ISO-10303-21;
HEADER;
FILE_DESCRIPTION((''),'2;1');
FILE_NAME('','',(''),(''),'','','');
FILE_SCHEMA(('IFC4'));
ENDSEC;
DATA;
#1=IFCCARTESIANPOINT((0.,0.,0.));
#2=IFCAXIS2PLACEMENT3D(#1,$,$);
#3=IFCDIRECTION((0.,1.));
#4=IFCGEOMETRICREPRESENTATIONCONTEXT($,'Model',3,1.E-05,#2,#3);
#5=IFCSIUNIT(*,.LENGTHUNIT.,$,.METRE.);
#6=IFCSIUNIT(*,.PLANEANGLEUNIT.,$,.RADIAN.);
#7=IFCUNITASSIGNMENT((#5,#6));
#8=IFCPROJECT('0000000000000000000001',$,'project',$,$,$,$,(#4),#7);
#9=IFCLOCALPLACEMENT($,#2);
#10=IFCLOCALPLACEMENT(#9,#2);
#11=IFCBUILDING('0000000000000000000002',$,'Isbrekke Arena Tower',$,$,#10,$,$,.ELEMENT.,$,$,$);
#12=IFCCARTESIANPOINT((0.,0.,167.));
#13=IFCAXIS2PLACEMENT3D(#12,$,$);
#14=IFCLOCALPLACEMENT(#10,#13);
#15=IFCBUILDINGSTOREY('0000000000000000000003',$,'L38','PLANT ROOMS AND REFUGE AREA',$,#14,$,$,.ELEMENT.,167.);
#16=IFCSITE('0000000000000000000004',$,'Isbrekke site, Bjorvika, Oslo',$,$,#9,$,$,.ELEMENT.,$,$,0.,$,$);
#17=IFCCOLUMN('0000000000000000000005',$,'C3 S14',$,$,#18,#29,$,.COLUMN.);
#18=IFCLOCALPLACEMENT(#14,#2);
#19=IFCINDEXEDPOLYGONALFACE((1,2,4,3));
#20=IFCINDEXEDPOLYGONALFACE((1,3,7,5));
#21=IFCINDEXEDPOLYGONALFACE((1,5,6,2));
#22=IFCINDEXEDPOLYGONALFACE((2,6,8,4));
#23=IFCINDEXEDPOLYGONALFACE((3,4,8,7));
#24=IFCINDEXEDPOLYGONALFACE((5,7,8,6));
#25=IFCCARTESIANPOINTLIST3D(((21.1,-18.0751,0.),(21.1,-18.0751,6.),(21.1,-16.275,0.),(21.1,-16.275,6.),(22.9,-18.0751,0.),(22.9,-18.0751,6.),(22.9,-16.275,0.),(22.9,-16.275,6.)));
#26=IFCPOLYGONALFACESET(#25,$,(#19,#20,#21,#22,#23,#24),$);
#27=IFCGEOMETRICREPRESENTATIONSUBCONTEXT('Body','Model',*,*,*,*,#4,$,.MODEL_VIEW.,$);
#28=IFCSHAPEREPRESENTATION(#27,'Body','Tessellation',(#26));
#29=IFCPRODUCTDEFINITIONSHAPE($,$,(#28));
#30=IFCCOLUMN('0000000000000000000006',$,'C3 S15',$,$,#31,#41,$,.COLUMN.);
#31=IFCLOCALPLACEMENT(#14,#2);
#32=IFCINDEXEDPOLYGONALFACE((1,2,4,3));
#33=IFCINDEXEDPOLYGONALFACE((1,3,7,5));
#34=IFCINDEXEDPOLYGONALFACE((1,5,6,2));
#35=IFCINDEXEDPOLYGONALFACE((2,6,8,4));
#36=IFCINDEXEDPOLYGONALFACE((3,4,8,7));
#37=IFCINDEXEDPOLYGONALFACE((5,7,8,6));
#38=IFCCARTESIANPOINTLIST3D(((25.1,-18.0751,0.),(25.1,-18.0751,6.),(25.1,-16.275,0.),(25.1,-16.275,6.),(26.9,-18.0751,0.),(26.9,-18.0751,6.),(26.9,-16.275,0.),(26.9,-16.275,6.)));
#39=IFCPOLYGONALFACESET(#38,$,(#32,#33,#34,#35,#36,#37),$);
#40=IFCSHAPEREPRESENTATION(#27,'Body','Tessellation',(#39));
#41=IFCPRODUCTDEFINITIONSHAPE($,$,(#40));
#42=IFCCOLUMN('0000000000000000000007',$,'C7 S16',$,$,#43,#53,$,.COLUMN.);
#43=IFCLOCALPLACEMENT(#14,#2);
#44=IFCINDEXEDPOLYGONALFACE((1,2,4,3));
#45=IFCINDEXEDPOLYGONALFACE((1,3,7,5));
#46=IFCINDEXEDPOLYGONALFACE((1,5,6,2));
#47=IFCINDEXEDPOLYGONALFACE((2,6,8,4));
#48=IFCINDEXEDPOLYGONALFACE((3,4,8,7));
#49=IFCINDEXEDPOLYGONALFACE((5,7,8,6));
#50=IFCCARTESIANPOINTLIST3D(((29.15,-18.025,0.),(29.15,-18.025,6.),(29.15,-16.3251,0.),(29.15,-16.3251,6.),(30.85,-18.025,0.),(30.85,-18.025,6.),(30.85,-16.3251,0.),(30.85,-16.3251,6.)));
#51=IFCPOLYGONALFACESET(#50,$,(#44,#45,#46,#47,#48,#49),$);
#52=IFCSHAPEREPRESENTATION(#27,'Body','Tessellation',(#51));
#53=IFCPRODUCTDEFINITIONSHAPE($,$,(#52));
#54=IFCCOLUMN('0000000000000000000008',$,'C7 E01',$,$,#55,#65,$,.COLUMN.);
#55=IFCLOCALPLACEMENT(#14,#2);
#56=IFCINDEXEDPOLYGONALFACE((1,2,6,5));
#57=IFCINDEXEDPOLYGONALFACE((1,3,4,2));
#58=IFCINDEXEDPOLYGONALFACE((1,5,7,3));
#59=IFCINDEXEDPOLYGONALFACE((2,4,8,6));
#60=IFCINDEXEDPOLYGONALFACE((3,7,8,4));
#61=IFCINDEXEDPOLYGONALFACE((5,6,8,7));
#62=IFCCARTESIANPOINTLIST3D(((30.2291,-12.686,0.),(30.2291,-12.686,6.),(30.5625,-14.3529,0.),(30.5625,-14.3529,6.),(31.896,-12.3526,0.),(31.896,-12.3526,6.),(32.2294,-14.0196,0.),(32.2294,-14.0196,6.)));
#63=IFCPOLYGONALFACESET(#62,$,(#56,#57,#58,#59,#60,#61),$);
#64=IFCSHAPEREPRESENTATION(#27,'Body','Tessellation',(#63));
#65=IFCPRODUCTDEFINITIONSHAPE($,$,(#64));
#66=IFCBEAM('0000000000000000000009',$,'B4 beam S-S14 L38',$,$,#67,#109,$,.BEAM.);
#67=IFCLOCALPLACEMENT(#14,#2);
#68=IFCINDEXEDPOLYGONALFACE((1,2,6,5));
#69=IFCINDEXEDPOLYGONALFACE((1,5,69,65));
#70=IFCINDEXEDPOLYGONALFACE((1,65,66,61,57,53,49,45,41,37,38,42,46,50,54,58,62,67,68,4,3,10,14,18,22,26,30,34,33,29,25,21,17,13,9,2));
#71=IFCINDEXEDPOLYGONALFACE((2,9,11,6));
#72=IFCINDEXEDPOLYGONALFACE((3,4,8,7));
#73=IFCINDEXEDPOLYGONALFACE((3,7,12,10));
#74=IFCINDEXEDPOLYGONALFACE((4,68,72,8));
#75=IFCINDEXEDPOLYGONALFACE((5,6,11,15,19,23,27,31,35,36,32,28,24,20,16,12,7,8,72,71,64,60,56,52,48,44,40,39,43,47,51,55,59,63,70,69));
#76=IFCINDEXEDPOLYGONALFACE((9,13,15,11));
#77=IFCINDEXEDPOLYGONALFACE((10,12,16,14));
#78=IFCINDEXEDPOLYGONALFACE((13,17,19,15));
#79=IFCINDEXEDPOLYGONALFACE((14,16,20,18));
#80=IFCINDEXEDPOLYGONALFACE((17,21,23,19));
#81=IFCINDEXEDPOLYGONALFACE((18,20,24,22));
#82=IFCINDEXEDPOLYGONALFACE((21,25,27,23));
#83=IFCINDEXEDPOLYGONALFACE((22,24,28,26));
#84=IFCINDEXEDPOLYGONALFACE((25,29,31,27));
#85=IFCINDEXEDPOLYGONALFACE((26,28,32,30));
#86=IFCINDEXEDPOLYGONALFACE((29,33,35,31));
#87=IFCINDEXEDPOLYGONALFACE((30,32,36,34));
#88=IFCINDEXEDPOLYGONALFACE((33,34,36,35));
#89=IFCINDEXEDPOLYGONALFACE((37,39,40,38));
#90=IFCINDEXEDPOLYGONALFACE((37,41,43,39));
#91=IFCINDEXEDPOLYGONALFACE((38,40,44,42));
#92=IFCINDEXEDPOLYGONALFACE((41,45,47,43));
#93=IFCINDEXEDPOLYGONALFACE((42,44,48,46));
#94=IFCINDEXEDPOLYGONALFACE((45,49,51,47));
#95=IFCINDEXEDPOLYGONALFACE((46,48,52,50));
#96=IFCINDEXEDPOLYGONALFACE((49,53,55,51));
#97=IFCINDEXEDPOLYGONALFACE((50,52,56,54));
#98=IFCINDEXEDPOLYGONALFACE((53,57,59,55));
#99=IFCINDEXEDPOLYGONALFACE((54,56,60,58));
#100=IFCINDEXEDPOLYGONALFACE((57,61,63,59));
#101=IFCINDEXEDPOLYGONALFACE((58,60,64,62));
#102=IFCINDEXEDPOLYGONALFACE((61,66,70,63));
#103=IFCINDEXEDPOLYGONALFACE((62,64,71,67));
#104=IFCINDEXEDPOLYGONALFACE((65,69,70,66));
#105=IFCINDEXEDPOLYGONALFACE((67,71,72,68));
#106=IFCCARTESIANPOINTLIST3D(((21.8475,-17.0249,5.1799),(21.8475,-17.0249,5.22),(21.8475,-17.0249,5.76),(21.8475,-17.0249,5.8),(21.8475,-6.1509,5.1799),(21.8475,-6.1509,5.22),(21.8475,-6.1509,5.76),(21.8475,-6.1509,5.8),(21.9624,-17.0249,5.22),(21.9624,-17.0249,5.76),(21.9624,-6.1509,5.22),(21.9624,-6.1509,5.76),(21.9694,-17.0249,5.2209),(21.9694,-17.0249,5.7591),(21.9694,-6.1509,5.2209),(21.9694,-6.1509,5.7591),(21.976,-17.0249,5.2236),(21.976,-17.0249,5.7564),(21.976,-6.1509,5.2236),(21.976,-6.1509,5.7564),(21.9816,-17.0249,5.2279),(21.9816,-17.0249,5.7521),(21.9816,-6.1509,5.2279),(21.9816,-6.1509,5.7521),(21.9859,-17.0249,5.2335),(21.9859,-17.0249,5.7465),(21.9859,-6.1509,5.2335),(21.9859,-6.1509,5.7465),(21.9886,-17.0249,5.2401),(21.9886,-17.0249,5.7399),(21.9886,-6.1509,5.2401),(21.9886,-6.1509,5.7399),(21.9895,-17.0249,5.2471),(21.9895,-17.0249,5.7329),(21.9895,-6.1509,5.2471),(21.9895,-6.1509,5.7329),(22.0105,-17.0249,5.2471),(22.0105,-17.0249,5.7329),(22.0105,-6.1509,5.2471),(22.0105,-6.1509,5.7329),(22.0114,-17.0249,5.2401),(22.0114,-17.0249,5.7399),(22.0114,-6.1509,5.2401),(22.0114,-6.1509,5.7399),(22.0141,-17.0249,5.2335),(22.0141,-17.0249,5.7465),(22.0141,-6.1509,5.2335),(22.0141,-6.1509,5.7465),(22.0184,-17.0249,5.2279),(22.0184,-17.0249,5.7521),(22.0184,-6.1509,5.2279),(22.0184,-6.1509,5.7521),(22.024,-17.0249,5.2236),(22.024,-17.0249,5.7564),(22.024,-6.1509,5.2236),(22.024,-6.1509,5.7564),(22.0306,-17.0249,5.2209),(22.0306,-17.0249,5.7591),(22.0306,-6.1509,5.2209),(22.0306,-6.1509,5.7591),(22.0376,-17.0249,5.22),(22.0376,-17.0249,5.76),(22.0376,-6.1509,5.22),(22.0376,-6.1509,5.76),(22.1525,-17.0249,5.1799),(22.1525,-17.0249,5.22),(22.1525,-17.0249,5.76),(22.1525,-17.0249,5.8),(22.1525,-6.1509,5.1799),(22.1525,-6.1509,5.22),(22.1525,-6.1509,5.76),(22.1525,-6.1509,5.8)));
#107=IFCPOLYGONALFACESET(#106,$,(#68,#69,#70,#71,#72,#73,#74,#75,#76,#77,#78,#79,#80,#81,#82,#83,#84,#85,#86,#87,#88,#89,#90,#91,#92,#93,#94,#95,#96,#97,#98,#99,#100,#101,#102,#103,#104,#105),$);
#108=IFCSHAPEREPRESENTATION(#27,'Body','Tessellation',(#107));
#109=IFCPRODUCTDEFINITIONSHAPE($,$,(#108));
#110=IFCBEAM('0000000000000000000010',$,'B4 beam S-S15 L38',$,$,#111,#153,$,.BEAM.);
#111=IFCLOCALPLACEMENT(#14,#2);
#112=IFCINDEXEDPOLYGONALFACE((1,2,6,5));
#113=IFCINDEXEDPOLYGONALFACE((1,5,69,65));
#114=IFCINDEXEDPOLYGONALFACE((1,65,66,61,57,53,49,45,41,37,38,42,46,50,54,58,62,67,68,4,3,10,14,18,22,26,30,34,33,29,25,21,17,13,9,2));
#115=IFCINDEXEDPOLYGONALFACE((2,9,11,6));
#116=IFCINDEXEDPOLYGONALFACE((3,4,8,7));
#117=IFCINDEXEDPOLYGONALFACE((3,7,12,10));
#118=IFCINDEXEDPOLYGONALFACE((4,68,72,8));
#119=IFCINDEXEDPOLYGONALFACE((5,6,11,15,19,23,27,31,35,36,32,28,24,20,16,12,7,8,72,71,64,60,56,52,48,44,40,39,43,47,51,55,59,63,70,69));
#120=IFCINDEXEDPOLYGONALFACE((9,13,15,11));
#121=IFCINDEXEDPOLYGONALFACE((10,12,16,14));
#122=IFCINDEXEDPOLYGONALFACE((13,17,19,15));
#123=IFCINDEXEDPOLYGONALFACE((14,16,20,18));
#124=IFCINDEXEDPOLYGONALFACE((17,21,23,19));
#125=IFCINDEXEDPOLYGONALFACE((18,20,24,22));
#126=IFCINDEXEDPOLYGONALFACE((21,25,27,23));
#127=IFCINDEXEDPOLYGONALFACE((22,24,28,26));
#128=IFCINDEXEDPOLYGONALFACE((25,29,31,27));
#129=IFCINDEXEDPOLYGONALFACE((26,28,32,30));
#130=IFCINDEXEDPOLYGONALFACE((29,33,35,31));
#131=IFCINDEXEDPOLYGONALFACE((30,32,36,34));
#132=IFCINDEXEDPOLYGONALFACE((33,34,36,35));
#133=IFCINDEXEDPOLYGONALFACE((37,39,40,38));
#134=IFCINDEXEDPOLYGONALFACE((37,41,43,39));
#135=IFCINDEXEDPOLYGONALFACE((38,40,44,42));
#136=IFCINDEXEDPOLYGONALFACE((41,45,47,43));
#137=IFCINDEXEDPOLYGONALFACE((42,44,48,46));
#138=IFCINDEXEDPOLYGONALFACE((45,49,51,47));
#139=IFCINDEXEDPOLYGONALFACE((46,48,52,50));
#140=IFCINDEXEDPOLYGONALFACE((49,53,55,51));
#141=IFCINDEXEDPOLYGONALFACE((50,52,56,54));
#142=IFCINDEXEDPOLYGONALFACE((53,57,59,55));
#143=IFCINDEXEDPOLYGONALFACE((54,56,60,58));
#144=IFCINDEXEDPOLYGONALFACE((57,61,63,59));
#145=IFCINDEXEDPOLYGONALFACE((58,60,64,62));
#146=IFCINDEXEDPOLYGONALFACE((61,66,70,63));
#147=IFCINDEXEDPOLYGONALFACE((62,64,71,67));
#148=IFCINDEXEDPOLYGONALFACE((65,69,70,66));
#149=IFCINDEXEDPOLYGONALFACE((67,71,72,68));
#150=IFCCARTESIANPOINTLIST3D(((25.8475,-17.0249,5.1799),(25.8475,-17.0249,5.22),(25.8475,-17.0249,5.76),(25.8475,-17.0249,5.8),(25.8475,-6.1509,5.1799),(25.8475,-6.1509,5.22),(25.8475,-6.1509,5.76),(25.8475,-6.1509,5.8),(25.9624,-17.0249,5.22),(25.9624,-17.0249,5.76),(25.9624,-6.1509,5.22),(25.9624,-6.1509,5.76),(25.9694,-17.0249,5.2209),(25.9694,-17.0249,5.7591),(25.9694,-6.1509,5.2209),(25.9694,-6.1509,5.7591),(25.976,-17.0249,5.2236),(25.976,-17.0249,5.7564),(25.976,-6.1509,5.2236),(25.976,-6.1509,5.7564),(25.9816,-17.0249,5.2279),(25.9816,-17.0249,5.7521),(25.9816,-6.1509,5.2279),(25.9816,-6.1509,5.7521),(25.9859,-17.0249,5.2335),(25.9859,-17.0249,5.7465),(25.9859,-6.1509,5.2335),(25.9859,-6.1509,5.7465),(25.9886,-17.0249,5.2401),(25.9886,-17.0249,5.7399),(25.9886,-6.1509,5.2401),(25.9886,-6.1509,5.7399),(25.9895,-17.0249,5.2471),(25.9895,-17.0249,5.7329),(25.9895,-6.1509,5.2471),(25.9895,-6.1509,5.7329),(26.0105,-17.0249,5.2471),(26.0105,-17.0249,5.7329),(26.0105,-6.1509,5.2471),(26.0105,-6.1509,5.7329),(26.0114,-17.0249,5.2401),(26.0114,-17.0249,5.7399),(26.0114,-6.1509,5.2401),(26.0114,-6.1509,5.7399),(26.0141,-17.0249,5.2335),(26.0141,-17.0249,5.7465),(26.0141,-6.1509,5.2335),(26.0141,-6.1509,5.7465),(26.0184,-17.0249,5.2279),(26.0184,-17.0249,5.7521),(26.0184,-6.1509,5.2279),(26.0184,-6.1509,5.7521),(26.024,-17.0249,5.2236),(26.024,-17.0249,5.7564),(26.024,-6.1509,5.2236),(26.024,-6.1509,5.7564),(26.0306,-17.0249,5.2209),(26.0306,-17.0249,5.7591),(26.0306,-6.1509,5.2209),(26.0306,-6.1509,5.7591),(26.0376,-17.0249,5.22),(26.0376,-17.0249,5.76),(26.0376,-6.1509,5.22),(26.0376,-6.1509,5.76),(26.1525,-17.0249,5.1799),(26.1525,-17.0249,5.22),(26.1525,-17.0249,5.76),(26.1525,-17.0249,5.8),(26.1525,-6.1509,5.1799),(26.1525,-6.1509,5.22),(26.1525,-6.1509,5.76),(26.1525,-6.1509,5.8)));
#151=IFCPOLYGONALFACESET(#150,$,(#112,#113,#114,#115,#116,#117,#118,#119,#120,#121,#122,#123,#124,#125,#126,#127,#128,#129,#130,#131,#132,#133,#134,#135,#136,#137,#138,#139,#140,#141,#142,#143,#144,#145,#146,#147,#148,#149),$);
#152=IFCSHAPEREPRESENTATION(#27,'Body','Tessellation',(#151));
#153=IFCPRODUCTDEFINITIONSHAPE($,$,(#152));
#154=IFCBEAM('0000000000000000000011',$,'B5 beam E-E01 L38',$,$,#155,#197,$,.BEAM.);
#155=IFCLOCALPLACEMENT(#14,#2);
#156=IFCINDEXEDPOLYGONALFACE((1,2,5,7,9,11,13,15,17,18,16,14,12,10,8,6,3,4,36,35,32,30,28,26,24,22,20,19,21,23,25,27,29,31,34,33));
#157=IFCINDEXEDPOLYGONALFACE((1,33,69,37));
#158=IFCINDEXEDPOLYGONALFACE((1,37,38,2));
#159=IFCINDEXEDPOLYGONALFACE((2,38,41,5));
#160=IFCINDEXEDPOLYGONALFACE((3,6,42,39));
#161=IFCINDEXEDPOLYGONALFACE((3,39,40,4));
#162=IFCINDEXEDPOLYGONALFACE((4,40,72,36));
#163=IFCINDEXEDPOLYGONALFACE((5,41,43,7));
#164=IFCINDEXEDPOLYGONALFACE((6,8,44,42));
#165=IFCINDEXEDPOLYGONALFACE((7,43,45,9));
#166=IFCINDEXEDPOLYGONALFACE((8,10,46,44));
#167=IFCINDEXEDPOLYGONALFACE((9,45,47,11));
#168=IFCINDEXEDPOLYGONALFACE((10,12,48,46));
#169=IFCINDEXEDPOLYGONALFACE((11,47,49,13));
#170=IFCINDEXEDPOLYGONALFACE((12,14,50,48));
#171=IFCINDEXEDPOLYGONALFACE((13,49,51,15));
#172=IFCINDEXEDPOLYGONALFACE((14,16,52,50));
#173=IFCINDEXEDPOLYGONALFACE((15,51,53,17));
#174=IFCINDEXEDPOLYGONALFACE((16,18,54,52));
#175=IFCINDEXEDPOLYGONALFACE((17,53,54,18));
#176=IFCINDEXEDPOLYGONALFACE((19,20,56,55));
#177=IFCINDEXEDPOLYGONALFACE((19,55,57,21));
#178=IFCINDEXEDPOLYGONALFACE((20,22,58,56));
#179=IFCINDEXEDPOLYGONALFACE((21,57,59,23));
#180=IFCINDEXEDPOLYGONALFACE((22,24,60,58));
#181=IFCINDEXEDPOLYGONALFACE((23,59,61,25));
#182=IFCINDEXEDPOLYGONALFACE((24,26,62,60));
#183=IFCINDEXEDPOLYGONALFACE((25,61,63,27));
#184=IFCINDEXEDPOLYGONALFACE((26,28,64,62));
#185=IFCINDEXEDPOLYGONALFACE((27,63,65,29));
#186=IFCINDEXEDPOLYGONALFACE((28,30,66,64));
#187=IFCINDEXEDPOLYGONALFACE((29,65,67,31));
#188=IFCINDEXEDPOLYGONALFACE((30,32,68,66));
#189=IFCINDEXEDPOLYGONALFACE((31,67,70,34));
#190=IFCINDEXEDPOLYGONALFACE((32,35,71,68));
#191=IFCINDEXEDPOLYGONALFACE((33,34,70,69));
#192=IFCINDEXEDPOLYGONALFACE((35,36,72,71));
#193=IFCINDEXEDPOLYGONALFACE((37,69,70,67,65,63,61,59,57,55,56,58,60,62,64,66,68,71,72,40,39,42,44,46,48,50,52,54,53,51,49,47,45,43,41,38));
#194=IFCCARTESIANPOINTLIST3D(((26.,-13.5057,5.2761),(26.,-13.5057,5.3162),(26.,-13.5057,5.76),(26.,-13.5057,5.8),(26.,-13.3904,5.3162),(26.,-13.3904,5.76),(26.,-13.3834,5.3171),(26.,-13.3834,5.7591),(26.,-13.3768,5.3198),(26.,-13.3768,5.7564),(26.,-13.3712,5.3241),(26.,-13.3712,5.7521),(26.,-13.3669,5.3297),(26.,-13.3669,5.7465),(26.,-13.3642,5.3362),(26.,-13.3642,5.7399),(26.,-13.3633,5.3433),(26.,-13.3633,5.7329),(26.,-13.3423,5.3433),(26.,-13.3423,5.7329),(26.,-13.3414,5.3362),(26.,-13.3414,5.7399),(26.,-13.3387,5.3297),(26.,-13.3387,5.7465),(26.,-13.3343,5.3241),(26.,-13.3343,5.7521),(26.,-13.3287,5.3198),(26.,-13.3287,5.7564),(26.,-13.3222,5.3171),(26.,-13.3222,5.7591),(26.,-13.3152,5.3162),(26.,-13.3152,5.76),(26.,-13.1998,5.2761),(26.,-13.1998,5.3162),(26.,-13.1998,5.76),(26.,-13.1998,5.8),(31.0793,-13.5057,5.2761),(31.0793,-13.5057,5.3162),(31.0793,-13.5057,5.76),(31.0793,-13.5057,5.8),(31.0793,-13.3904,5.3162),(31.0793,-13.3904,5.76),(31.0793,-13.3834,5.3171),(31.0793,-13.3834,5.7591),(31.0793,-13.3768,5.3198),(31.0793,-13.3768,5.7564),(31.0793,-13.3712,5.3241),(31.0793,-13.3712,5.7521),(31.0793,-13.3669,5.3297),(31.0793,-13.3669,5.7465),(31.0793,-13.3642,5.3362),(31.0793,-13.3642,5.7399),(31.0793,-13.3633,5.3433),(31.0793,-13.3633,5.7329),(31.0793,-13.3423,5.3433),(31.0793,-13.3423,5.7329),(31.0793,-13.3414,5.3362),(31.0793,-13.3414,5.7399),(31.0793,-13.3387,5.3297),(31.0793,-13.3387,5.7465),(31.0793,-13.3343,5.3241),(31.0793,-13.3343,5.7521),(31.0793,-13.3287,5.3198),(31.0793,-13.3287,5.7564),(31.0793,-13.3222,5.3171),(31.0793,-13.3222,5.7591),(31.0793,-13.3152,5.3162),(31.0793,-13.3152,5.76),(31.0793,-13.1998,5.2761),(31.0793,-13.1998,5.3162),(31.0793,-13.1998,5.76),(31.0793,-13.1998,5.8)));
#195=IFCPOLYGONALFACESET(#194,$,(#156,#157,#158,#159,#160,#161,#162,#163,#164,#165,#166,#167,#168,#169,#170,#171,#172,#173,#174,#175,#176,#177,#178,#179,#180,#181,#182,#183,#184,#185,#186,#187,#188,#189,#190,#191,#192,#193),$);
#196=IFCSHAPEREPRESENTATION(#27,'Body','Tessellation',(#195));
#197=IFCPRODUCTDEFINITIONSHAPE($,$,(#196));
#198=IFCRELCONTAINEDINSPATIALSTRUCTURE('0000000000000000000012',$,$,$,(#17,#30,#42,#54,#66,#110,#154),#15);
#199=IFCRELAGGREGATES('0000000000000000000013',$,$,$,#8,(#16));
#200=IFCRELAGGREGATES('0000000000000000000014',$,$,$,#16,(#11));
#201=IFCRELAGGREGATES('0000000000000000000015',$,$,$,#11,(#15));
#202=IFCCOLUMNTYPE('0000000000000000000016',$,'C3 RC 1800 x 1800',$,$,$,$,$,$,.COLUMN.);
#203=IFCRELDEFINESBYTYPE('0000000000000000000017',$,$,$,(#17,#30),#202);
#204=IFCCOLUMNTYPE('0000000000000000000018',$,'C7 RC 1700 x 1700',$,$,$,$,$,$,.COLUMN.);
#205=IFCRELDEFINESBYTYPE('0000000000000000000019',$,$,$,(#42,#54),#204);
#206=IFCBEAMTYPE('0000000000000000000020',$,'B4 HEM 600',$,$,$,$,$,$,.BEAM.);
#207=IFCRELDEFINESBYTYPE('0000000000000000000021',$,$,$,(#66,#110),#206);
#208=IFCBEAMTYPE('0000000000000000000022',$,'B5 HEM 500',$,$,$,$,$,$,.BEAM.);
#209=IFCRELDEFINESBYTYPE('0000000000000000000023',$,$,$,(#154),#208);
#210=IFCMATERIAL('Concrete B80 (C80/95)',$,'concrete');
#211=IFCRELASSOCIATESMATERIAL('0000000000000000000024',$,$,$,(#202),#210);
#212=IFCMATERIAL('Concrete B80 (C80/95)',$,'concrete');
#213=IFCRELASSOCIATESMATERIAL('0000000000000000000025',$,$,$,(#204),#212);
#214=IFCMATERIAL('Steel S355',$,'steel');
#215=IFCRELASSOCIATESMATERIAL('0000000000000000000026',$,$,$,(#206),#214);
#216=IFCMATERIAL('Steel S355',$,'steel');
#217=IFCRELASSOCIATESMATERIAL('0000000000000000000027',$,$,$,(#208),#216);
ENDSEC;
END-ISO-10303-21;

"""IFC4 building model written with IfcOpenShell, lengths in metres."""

from ifc_helpers import new_model, si_unit, direction, frame, origin, origin_2d, place, context, subcontext, project, spatial, rectangle, i_section, extrude, material, material_profile, profile_set, type_object, element, save


model = new_model("IFC4")

# Units and contexts
model_context = context("Model", 3, precision=1e-05, world=origin(), true_north=direction((0.0, 1.0)))
body_context = subcontext(model_context, "Body", "Model", "MODEL_VIEW")
ifc_project = project(units=[si_unit("LENGTHUNIT", "METRE"), si_unit("PLANEANGLEUNIT", "RADIAN")], contexts=[model_context])

# Site, building, storey
site_placement = place(None, origin())
site = spatial("IfcSite", under=ifc_project, at=site_placement, Name="Isbrekke site, Bjorvika, Oslo", CompositionType="ELEMENT", RefElevation=0.0)
building_placement = place(site_placement, origin())
building = spatial("IfcBuilding", under=site, at=building_placement, Name="Isbrekke Arena Tower", CompositionType="ELEMENT")
storey_placement = place(building_placement, frame((0.0, 0.0, 167.0)))
storey = spatial("IfcBuildingStorey", under=building, at=storey_placement, Name="L38", Description="PLANT ROOMS AND REFUGE AREA", CompositionType="ELEMENT", Elevation=167.0)

# Columns
ifc_material_1 = material(Name="Concrete B80 (C80/95)", Category="concrete")
ifc_material_profile_1 = material_profile(ifc_material_1, rectangle(XDim=1.8, YDim=1.8, at=origin_2d()), Name="RC 1800x1800")
ifc_profile_set_1 = profile_set([ifc_material_profile_1], Name="Concrete B80 (C80/95)")
column_type_1 = type_object("IfcColumnType", Name="C3 RC 1800 x 1800", PredefinedType="COLUMN", material=ifc_profile_set_1)
for number, where, z_axis, x_axis, name in (
    (1, (22.0, -17.175, 0.0), (0.0, 0.0, 1.0), (1.0, 0.0, 0.0), "C3 S14"),
    (2, (26.0, -17.175, 0.0), (0.0, 0.0, 1.0), (1.0, 0.0, 0.0), "C3 S15"),
):
    element("IfcColumn", number, at=place(storey_placement, frame(where, z_axis=z_axis, x_axis=x_axis)), inside=storey, type_object=column_type_1, Name=name, PredefinedType="COLUMN", context=body_context, shape_type="SweptSolid", body=[
        extrude(rectangle(XDim=1.8, YDim=1.8, at=origin_2d()), origin(), (0.0, 0.0, 1.0), 6.0),
    ])
ifc_material_2 = material(Name="Concrete B80 (C80/95)", Category="concrete")
ifc_material_profile_2 = material_profile(ifc_material_2, rectangle(XDim=1.7, YDim=1.7, at=origin_2d()), Name="RC 1700x1700")
ifc_profile_set_2 = profile_set([ifc_material_profile_2], Name="Concrete B80 (C80/95)")
column_type_2 = type_object("IfcColumnType", Name="C7 RC 1700 x 1700", PredefinedType="COLUMN", material=ifc_profile_set_2)
for number, where, z_axis, x_axis, name in (
    (3, (30.0, -17.175, 0.0), (0.0, 0.0, 1.0), (1.0, 0.0, 0.0), "C7 S16"),
    (4, (31.2292, -13.3528, 0.0), (0.0, 0.0, 1.0), (-0.196116, 0.980581, 0.0), "C7 E01"),
):
    element("IfcColumn", number, at=place(storey_placement, frame(where, z_axis=z_axis, x_axis=x_axis)), inside=storey, type_object=column_type_2, Name=name, PredefinedType="COLUMN", context=body_context, shape_type="SweptSolid", body=[
        extrude(rectangle(XDim=1.7, YDim=1.7, at=origin_2d()), origin(), (0.0, 0.0, 1.0), 6.0),
    ])

# Beams
ifc_material_3 = material(Name="Steel S355", Category="steel")
ifc_material_profile_3 = material_profile(ifc_material_3, i_section(OverallWidth=0.3049, OverallDepth=0.6201, WebThickness=0.021, FlangeThickness=0.04, FilletRadius=0.0271, at=origin_2d()), Name="HEM 600")
ifc_profile_set_3 = profile_set([ifc_material_profile_3], Name="Steel S355")
beam_type_1 = type_object("IfcBeamType", Name="B4 HEM 600", PredefinedType="BEAM", material=ifc_profile_set_3)
for number, where, z_axis, x_axis, name in (
    (5, (22.0, -17.0249, 5.49), (0.0, 1.0, 0.0), (-1.0, 0.0, 0.0), "B4 beam S-S14 L38"),
    (6, (26.0, -17.0249, 5.49), (0.0, 1.0, 0.0), (-1.0, 0.0, 0.0), "B4 beam S-S15 L38"),
):
    element("IfcBeam", number, at=place(storey_placement, frame(where, z_axis=z_axis, x_axis=x_axis)), inside=storey, type_object=beam_type_1, Name=name, PredefinedType="BEAM", context=body_context, shape_type="SweptSolid", body=[
        extrude(i_section(OverallWidth=0.3049, OverallDepth=0.6201, WebThickness=0.021, FlangeThickness=0.04, FilletRadius=0.0271, at=origin_2d()), origin(), (0.0, 0.0, 1.0), 10.874),
    ])
ifc_material_4 = material(Name="Steel S355", Category="steel")
ifc_material_profile_4 = material_profile(ifc_material_4, i_section(OverallWidth=0.3059, OverallDepth=0.5239, WebThickness=0.021, FlangeThickness=0.04, FilletRadius=0.0271, at=origin_2d()), Name="HEM 500")
ifc_profile_set_4 = profile_set([ifc_material_profile_4], Name="Steel S355")
beam_type_2 = type_object("IfcBeamType", Name="B5 HEM 500", PredefinedType="BEAM", material=ifc_profile_set_4)
beam_1_placement = place(storey_placement, frame((31.0793, -13.3528, 5.5381), z_axis=(-1.0, 0.0, 0.0), x_axis=(0.0, -1.0, 0.0)))
element("IfcBeam", 7, at=beam_1_placement, inside=storey, type_object=beam_type_2, Name="B5 beam E-E01 L38", PredefinedType="BEAM", context=body_context, shape_type="SweptSolid", body=[
    extrude(i_section(OverallWidth=0.3059, OverallDepth=0.5239, WebThickness=0.021, FlangeThickness=0.04, FilletRadius=0.0271, at=origin_2d()), origin(), (0.0, 0.0, 1.0), 5.0793),
])

save(model, "model.ifc")
